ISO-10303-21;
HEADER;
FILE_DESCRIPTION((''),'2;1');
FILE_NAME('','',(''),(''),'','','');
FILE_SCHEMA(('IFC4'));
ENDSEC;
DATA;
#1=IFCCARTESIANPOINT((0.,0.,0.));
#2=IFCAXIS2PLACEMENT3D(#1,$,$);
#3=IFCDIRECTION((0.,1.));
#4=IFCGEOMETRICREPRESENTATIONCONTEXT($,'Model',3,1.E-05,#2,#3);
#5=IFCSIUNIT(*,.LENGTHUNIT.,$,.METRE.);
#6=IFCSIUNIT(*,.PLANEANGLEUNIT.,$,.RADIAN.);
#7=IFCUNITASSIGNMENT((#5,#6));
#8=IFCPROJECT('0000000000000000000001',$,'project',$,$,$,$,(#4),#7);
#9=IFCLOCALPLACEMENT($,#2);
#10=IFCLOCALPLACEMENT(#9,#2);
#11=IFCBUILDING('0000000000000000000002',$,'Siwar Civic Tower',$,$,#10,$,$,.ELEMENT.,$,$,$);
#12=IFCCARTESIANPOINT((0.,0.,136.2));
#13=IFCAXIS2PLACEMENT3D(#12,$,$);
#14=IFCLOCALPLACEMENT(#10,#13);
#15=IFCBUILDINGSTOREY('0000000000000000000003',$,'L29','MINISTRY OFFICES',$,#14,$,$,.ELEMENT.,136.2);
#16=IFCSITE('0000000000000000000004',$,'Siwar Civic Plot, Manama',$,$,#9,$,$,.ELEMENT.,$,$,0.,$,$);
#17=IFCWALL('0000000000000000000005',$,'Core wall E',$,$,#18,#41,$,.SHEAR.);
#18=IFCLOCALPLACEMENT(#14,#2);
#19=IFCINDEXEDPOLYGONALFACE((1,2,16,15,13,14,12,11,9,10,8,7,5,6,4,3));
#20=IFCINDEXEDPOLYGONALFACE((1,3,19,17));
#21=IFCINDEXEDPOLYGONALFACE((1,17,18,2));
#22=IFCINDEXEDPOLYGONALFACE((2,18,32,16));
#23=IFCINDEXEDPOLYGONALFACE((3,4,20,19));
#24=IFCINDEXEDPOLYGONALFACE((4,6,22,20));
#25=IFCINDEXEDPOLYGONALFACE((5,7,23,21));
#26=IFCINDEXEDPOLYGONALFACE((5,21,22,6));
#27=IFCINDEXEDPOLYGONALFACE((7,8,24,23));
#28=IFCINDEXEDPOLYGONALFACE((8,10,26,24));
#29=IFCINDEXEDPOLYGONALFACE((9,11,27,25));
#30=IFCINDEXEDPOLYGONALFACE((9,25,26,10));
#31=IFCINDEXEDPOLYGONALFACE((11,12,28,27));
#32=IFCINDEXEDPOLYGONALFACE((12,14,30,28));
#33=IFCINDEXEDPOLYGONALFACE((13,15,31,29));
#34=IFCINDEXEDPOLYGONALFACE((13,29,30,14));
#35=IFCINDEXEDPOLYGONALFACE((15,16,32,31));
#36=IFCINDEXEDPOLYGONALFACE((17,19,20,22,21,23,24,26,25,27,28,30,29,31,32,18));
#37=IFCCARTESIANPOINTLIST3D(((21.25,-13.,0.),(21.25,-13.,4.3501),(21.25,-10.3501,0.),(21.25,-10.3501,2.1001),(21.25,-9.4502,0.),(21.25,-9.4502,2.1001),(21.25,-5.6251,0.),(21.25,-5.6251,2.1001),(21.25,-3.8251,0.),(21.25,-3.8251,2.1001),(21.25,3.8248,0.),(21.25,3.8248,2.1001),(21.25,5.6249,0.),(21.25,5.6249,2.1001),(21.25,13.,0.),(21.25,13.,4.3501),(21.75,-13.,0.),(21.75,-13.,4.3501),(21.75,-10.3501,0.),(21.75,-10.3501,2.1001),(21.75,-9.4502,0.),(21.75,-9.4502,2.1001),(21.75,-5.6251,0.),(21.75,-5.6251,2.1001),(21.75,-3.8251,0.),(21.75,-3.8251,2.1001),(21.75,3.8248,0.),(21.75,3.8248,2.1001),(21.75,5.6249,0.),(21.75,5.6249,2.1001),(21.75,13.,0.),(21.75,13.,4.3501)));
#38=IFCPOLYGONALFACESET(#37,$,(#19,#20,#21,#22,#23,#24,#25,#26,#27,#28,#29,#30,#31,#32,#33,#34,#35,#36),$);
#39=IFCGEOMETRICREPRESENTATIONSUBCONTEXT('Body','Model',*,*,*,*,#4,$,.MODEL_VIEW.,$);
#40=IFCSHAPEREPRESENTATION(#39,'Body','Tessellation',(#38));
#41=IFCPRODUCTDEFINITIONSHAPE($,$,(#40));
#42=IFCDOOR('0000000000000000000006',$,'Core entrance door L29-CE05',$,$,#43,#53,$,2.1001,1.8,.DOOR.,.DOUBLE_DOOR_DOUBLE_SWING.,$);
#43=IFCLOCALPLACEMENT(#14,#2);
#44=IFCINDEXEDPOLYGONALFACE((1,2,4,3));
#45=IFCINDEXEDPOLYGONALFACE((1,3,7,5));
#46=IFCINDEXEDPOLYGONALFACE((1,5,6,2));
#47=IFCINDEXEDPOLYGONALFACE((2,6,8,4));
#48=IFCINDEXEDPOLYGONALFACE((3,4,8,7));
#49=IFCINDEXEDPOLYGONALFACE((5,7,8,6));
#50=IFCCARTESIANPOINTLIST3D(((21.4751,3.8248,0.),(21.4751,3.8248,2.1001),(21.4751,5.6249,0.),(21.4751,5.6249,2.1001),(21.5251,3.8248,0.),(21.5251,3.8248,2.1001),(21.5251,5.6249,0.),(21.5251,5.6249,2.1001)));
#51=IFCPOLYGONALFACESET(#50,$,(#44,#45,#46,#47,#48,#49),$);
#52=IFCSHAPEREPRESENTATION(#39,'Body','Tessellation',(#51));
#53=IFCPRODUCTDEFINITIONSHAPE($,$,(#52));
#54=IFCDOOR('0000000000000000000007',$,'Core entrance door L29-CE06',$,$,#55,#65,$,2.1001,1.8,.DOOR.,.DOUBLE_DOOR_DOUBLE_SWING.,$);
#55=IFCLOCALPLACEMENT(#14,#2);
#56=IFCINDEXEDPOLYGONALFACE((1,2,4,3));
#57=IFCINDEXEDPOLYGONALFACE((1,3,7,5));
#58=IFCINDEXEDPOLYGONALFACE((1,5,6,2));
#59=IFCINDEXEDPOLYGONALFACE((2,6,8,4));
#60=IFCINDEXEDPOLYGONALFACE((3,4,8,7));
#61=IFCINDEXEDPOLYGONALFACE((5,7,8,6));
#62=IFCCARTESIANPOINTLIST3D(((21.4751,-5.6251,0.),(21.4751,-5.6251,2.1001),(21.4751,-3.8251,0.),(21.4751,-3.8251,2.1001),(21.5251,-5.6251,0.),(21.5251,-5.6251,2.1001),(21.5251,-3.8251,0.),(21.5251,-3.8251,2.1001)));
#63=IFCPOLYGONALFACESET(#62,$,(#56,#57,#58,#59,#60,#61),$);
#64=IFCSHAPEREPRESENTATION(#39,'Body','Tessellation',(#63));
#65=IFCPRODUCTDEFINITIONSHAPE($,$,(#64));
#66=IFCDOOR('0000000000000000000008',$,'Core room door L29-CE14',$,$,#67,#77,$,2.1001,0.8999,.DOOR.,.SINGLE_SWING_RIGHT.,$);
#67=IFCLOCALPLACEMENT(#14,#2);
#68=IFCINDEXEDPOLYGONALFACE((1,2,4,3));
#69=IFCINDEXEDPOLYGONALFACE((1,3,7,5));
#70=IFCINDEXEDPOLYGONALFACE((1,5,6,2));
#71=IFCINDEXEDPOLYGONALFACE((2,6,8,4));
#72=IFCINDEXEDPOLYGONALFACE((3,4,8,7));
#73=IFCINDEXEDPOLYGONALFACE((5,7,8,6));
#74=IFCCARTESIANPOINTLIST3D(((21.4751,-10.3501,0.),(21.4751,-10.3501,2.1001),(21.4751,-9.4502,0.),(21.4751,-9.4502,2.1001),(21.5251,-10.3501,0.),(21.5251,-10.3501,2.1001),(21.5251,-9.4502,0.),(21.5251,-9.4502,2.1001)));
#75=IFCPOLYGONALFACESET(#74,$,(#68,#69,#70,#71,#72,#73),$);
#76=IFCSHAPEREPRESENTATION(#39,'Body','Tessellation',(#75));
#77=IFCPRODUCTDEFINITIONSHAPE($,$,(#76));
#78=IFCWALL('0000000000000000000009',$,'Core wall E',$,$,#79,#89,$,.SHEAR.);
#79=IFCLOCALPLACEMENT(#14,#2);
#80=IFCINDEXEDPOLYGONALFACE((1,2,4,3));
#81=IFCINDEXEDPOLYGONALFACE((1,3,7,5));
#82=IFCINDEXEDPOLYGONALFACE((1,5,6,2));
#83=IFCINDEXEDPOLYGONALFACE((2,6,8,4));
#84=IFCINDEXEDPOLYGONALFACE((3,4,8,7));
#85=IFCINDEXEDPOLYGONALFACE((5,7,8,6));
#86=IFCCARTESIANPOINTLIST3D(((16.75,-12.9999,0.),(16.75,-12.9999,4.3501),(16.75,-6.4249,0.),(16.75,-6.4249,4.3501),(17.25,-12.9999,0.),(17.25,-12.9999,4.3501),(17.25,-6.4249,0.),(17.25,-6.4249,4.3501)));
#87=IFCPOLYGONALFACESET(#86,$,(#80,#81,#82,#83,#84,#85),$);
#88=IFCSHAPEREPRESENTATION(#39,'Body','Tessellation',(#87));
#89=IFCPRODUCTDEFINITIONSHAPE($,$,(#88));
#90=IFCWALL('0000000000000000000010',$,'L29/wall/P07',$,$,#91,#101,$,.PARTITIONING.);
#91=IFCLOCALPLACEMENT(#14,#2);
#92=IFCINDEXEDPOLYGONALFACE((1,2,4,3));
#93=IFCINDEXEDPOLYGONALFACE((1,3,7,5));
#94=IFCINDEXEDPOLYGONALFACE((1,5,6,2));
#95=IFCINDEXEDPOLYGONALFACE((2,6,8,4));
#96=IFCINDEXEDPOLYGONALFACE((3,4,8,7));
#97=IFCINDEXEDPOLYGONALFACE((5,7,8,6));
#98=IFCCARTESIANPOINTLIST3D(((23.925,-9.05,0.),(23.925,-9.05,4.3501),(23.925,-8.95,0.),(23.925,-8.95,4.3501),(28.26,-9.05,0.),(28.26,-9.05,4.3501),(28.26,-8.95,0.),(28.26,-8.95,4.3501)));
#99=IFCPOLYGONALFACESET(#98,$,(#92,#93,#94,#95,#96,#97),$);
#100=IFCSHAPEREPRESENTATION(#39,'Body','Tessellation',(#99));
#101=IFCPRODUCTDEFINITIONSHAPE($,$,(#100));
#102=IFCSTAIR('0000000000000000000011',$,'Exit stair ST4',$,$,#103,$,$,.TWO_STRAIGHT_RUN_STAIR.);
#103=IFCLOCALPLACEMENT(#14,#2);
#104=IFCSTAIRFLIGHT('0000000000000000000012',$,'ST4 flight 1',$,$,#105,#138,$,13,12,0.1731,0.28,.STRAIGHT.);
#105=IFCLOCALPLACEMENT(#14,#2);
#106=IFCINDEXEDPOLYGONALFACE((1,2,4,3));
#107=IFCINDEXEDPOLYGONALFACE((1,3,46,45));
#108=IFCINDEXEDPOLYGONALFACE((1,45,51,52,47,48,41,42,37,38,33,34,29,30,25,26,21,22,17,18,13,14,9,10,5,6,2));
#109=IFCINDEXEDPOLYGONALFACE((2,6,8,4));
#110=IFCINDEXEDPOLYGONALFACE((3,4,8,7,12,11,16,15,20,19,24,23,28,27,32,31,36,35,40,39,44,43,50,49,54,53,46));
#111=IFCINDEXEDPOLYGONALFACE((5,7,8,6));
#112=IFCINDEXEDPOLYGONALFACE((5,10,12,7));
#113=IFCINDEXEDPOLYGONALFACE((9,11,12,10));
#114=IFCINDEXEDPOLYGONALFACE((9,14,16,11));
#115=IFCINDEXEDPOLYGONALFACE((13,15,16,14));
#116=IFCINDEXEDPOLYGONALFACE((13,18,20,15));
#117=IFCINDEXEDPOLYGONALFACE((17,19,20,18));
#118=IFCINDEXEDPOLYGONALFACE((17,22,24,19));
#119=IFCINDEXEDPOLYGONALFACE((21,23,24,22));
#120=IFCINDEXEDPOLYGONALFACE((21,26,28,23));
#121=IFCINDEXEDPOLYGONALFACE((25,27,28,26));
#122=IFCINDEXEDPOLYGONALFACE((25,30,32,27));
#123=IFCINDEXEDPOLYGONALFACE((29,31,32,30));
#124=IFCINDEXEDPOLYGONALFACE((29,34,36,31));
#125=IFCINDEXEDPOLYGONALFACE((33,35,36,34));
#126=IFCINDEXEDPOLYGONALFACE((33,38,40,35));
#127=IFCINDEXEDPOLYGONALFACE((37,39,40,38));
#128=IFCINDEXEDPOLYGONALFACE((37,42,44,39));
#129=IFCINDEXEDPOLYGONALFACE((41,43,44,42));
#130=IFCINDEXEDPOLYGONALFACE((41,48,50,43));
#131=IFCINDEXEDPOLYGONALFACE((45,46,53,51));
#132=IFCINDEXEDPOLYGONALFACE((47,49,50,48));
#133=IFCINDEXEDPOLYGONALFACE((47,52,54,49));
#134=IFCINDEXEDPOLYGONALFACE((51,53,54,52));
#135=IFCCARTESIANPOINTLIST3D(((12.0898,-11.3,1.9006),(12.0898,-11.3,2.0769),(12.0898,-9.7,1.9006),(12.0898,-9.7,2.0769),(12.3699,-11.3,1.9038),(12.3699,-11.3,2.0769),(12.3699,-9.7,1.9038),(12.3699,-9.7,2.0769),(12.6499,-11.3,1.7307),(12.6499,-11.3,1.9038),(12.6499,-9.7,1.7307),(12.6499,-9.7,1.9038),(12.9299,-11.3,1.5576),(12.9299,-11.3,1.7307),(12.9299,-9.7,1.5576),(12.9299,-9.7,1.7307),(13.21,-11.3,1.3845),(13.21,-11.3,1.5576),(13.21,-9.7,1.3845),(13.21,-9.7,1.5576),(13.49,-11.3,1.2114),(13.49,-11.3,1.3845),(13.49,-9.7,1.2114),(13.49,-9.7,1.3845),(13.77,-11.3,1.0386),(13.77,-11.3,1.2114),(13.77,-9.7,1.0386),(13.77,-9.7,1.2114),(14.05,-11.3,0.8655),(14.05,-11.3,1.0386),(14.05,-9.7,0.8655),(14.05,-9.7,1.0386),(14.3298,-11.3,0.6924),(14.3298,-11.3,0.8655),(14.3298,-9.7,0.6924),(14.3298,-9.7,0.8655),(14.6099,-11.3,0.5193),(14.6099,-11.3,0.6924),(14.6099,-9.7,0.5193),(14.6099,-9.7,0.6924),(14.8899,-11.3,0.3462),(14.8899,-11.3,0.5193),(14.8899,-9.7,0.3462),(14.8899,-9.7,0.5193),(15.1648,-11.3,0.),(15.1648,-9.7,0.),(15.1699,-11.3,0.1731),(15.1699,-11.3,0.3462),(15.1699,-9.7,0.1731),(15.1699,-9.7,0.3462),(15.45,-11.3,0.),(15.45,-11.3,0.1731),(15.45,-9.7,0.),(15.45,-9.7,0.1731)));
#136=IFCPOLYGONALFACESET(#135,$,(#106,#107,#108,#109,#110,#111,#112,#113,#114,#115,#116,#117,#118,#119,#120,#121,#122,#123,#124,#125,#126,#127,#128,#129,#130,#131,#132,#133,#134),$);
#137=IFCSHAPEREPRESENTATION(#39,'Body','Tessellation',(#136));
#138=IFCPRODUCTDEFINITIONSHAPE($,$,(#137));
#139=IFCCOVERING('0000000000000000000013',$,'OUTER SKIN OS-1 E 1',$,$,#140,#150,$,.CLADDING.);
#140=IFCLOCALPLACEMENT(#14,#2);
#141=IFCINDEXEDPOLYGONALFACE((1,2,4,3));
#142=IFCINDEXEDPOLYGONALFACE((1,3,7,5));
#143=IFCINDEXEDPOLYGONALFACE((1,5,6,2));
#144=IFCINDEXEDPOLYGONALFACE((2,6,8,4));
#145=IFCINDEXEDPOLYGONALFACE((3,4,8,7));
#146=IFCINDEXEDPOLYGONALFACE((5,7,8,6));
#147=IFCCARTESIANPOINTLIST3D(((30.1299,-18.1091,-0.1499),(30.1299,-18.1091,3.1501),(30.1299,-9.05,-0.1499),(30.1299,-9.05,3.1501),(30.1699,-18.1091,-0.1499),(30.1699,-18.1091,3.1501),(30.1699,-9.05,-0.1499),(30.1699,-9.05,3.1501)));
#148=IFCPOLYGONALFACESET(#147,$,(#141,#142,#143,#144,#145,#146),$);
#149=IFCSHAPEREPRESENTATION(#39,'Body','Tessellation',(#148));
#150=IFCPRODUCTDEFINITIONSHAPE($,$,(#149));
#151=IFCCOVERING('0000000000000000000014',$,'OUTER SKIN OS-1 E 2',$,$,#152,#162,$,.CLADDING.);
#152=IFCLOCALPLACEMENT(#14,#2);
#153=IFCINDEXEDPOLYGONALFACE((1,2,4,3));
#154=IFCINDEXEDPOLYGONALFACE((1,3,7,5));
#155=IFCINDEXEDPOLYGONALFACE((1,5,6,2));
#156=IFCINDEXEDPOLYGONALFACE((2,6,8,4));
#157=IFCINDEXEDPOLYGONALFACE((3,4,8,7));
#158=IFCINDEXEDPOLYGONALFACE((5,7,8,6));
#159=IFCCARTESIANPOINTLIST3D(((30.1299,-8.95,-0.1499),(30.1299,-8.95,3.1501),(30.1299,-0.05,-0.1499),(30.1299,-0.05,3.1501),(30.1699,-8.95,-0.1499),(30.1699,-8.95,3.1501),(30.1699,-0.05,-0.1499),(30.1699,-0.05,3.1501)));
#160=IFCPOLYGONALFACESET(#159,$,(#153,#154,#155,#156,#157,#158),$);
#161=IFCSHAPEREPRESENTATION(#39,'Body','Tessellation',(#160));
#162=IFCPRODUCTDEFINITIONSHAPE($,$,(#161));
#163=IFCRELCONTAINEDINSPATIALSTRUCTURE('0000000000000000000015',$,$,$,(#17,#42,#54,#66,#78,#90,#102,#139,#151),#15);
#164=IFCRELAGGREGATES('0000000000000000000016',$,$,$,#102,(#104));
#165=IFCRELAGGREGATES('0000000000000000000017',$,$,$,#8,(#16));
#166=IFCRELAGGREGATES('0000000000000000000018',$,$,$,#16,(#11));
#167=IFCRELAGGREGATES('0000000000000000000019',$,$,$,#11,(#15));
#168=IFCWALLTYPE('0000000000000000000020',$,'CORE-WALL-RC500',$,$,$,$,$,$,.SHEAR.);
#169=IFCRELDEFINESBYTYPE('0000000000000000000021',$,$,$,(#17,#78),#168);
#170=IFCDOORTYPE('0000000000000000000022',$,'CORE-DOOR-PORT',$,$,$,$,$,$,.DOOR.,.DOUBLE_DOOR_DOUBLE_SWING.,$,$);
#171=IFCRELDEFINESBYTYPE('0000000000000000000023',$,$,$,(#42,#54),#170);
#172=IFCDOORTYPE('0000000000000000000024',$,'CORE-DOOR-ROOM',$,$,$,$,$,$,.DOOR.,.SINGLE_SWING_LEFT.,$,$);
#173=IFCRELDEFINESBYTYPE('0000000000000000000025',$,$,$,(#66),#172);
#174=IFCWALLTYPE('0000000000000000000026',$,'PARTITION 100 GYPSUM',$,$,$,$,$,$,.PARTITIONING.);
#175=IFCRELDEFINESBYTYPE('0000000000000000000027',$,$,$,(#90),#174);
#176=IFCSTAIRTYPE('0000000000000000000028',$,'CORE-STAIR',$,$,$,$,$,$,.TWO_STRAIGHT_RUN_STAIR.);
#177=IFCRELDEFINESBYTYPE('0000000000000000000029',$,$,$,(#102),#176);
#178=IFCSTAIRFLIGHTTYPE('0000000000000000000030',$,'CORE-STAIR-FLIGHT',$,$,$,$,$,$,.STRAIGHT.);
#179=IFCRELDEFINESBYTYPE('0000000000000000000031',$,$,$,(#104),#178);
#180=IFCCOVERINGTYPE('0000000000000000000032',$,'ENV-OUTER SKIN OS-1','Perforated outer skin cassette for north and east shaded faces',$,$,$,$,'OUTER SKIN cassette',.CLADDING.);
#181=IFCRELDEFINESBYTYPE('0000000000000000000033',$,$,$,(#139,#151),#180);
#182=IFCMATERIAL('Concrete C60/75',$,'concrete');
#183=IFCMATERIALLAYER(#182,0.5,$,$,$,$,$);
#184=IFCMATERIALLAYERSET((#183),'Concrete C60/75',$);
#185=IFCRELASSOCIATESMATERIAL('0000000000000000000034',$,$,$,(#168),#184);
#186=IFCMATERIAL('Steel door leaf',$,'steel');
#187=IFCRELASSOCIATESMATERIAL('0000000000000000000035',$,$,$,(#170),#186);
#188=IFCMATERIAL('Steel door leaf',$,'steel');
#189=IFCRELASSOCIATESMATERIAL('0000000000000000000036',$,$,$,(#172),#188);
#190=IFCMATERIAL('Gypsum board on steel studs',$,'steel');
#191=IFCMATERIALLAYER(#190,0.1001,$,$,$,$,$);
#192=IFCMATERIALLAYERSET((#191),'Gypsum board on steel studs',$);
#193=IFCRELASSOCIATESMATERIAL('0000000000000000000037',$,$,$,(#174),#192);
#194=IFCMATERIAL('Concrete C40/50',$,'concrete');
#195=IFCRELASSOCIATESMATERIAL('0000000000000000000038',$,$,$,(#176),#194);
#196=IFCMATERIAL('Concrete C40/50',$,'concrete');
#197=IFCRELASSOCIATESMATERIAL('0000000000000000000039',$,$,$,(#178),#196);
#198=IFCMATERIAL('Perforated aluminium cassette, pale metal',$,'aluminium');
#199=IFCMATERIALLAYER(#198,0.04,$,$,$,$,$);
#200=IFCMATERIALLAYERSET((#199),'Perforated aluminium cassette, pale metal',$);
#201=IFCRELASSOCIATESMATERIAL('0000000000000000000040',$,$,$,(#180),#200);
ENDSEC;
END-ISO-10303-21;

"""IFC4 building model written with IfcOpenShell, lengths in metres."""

from ifc_helpers import new_model, si_unit, direction, frame, frame_2d, origin, origin_2d, place, context, subcontext, project, spatial, polyline, rectangle, outline, extrude, material, layer, layer_set, type_object, element, fill, aggregate, save


model = new_model("IFC4")

# Units and contexts
model_context = context("Model", 3, precision=1e-05, world=origin(), true_north=direction((0.0, 1.0)))
body_context = subcontext(model_context, "Body", "Model", "MODEL_VIEW")
ifc_project = project(units=[si_unit("LENGTHUNIT", "METRE"), si_unit("PLANEANGLEUNIT", "RADIAN")], contexts=[model_context])

# Site, building, storey
site_placement = place(None, origin())
site = spatial("IfcSite", under=ifc_project, at=site_placement, Name="Siwar Civic Plot, Manama", CompositionType="ELEMENT", RefElevation=0.0)
building_placement = place(site_placement, origin())
building = spatial("IfcBuilding", under=site, at=building_placement, Name="Siwar Civic Tower", CompositionType="ELEMENT")
storey_placement = place(building_placement, frame((0.0, 0.0, 136.2)))
storey = spatial("IfcBuildingStorey", under=building, at=storey_placement, Name="L29", Description="MINISTRY OFFICES", CompositionType="ELEMENT", Elevation=136.2)

# Wall, openings, doors
ifc_material_1 = material(Name="Concrete C60/75", Category="concrete")
ifc_layer_1 = layer(ifc_material_1, 0.5)
ifc_layer_set_1 = layer_set([ifc_layer_1], Name="Concrete C60/75")
wall_type_1 = type_object("IfcWallType", Name="CORE-WALL-RC500", PredefinedType="SHEAR", material=ifc_layer_set_1)
wall_1_placement = place(storey_placement, frame((21.5, -13.0, 0.0), z_axis=(0.0, 0.0, 1.0), x_axis=(0.0, 1.0, 0.0)))
wall_1 = element("IfcWall", 1, at=wall_1_placement, inside=storey, type_object=wall_type_1, Name="Core wall E", PredefinedType="SHEAR", context=body_context, shape_type="SweptSolid", body=[
    extrude(rectangle(XDim=26.0, YDim=0.5, at=frame_2d((13.0, 0.0))), origin(), (0.0, 0.0, 1.0), 4.3501),
])
opening_1_placement = place(wall_1_placement, frame((16.825, 0.0, 0.0)))
opening_1 = element("IfcOpeningElement", 2, at=opening_1_placement, cuts=wall_1, PredefinedType="OPENING", context=body_context, shape_type="SweptSolid", body=[
    extrude(rectangle(XDim=1.8, YDim=2.1001, at=frame_2d((0.8999, 1.05))), frame((0.0, 0.26, 0.0), z_axis=(0.0, -1.0, 0.0), x_axis=(1.0, 0.0, 0.0)), (0.0, 0.0, 1.0), 0.52),
])
opening_2_placement = place(wall_1_placement, frame((7.375, 0.0, 0.0)))
opening_2 = element("IfcOpeningElement", 3, at=opening_2_placement, cuts=wall_1, PredefinedType="OPENING", context=body_context, shape_type="SweptSolid", body=[
    extrude(rectangle(XDim=1.8, YDim=2.1001, at=frame_2d((0.8999, 1.05))), frame((0.0, 0.26, 0.0), z_axis=(0.0, -1.0, 0.0), x_axis=(1.0, 0.0, 0.0)), (0.0, 0.0, 1.0), 0.52),
])
opening_3_placement = place(wall_1_placement, frame((2.6499, 0.0, 0.0)))
opening_3 = element("IfcOpeningElement", 4, at=opening_3_placement, cuts=wall_1, PredefinedType="OPENING", context=body_context, shape_type="SweptSolid", body=[
    extrude(rectangle(XDim=0.8999, YDim=2.1001, at=frame_2d((0.45, 1.05))), frame((0.0, 0.26, 0.0), z_axis=(0.0, -1.0, 0.0), x_axis=(1.0, 0.0, 0.0)), (0.0, 0.0, 1.0), 0.52),
])
ifc_material_2 = material(Name="Steel door leaf", Category="steel")
door_type_1 = type_object("IfcDoorType", Name="CORE-DOOR-PORT", OperationType="DOUBLE_DOOR_DOUBLE_SWING", PredefinedType="DOOR", material=ifc_material_2)
door_1_placement = place(opening_1_placement, origin())
door_1 = element("IfcDoor", 5, at=door_1_placement, inside=storey, type_object=door_type_1, Name="Core entrance door L29-CE05", OperationType="DOUBLE_DOOR_DOUBLE_SWING", OverallHeight=2.1001, OverallWidth=1.8, PredefinedType="DOOR", context=body_context, shape_type="SweptSolid", body=[
    extrude(rectangle(XDim=1.8, YDim=2.1001, at=frame_2d((0.8999, 1.05))), frame((0.0, 0.0249, 0.0), z_axis=(0.0, -1.0, 0.0), x_axis=(1.0, 0.0, 0.0)), (0.0, 0.0, 1.0), 0.05),
])
fill(opening_1, door_1)
door_2_placement = place(opening_2_placement, origin())
door_2 = element("IfcDoor", 6, at=door_2_placement, inside=storey, type_object=door_type_1, Name="Core entrance door L29-CE06", OperationType="DOUBLE_DOOR_DOUBLE_SWING", OverallHeight=2.1001, OverallWidth=1.8, PredefinedType="DOOR", context=body_context, shape_type="SweptSolid", body=[
    extrude(rectangle(XDim=1.8, YDim=2.1001, at=frame_2d((0.8999, 1.05))), frame((0.0, 0.0249, 0.0), z_axis=(0.0, -1.0, 0.0), x_axis=(1.0, 0.0, 0.0)), (0.0, 0.0, 1.0), 0.05),
])
fill(opening_2, door_2)
ifc_material_3 = material(Name="Steel door leaf", Category="steel")
door_type_2 = type_object("IfcDoorType", Name="CORE-DOOR-ROOM", OperationType="SINGLE_SWING_LEFT", PredefinedType="DOOR", material=ifc_material_3)
door_3_placement = place(opening_3_placement, origin())
door_3 = element("IfcDoor", 7, at=door_3_placement, inside=storey, type_object=door_type_2, Name="Core room door L29-CE14", OperationType="SINGLE_SWING_RIGHT", OverallHeight=2.1001, OverallWidth=0.8999, PredefinedType="DOOR", context=body_context, shape_type="SweptSolid", body=[
    extrude(rectangle(XDim=0.8999, YDim=2.1001, at=frame_2d((0.45, 1.05))), frame((0.0, 0.0249, 0.0), z_axis=(0.0, -1.0, 0.0), x_axis=(1.0, 0.0, 0.0)), (0.0, 0.0, 1.0), 0.05),
])
fill(opening_3, door_3)

# Walls
wall_2_placement = place(storey_placement, frame((17.0, -13.0, 0.0), z_axis=(0.0, 0.0, 1.0), x_axis=(0.0, 1.0, 0.0)))
element("IfcWall", 8, at=wall_2_placement, inside=storey, type_object=wall_type_1, Name="Core wall E", PredefinedType="SHEAR", context=body_context, shape_type="SweptSolid", body=[
    extrude(rectangle(XDim=6.575, YDim=0.5, at=frame_2d((3.2876, 0.0))), origin(), (0.0, 0.0, 1.0), 4.3501),
])
ifc_material_4 = material(Name="Gypsum board on steel studs", Category="steel")
ifc_layer_2 = layer(ifc_material_4, 0.1001)
ifc_layer_set_2 = layer_set([ifc_layer_2], Name="Gypsum board on steel studs")
wall_type_2 = type_object("IfcWallType", Name="PARTITION 100 GYPSUM", PredefinedType="PARTITIONING", material=ifc_layer_set_2)
wall_3_placement = place(storey_placement, frame((23.925, -9.0, 0.0), z_axis=(0.0, 0.0, 1.0), x_axis=(1.0, 0.0, 0.0)))
element("IfcWall", 9, at=wall_3_placement, inside=storey, type_object=wall_type_2, Name="L29/wall/P07", PredefinedType="PARTITIONING", context=body_context, shape_type="SweptSolid", body=[
    extrude(rectangle(XDim=4.335, YDim=0.1001, at=frame_2d((2.1675, 0.0))), origin(), (0.0, 0.0, 1.0), 4.3501),
])

# Stair, stair flight
ifc_material_5 = material(Name="Concrete C40/50", Category="concrete")
stair_type = type_object("IfcStairType", Name="CORE-STAIR", PredefinedType="TWO_STRAIGHT_RUN_STAIR", material=ifc_material_5)
stair_placement = place(storey_placement, origin())
stair = element("IfcStair", 10, at=stair_placement, inside=storey, type_object=stair_type, Name="Exit stair ST4", PredefinedType="TWO_STRAIGHT_RUN_STAIR")
ifc_material_6 = material(Name="Concrete C40/50", Category="concrete")
stair_flight_type = type_object("IfcStairFlightType", Name="CORE-STAIR-FLIGHT", PredefinedType="STRAIGHT", material=ifc_material_6)
stair_flight_placement = place(storey_placement, frame((15.45, -10.5, 0.0), z_axis=(0.0, 0.0, 1.0), x_axis=(-1.0, 0.0, 0.0)))
stair_flight = element("IfcStairFlight", 11, at=stair_flight_placement, type_object=stair_flight_type, Name="ST4 flight 1", NumberOfRisers=13, NumberOfTreads=12, PredefinedType="STRAIGHT", RiserHeight=0.1731, TreadLength=0.28, context=body_context, shape_type="SweptSolid", body=[
    extrude(outline(polyline([(0.0, 0.0), (0.0, 0.1731), (0.28, 0.1731), (0.28, 0.3462), (0.5601, 0.3462), (0.5601, 0.5193), (0.8401, 0.5193), (0.8401, 0.6924), (1.1201, 0.6924), (1.1201, 0.8655), (1.3999, 0.8655), (1.3999, 1.0386), (1.6799, 1.0386), (1.6799, 1.2114), (1.96, 1.2114), (1.96, 1.3845), (2.24, 1.3845), (2.24, 1.5576), (2.52, 1.5576), (2.52, 1.7307), (2.8, 1.7307), (2.8, 1.9038), (3.0801, 1.9038), (3.0801, 2.0769), (3.3601, 2.0769), (3.3601, 2.25), (3.3601, 1.9006), (0.2852, 0.0), (0.0, 0.0)])), frame((0.0, 0.8, 0.0), z_axis=(0.0, -1.0, 0.0), x_axis=(1.0, 0.0, 0.0)), (0.0, 0.0, 1.0), 1.6001),
])
aggregate(stair, [stair_flight])

# Coverings
ifc_material_7 = material(Name="Perforated aluminium cassette, pale metal", Category="aluminium")
ifc_layer_3 = layer(ifc_material_7, 0.04)
ifc_layer_set_3 = layer_set([ifc_layer_3], Name="Perforated aluminium cassette, pale metal")
covering_type = type_object("IfcCoveringType", Name="ENV-OUTER SKIN OS-1", Description="Perforated outer skin cassette for north and east shaded faces", ElementType="OUTER SKIN cassette", PredefinedType="CLADDING", material=ifc_layer_set_3)
covering_1_placement = place(storey_placement, frame((30.1499, -13.5796, -0.1499), z_axis=(0.0, 0.0, 1.0), x_axis=(0.0, 1.0, 0.0)))
element("IfcCovering", 12, at=covering_1_placement, inside=storey, type_object=covering_type, Name="OUTER SKIN OS-1 E 1", PredefinedType="CLADDING", context=body_context, shape_type="SweptSolid", body=[
    extrude(rectangle(XDim=9.0591, YDim=0.04, at=origin_2d()), origin(), (0.0, 0.0, 1.0), 3.3),
])
covering_2_placement = place(storey_placement, frame((30.1499, -4.5, -0.1499), z_axis=(0.0, 0.0, 1.0), x_axis=(0.0, 1.0, 0.0)))
element("IfcCovering", 13, at=covering_2_placement, inside=storey, type_object=covering_type, Name="OUTER SKIN OS-1 E 2", PredefinedType="CLADDING", context=body_context, shape_type="SweptSolid", body=[
    extrude(rectangle(XDim=8.8999, YDim=0.04, at=origin_2d()), origin(), (0.0, 0.0, 1.0), 3.3),
])

save(model, "model.ifc")
